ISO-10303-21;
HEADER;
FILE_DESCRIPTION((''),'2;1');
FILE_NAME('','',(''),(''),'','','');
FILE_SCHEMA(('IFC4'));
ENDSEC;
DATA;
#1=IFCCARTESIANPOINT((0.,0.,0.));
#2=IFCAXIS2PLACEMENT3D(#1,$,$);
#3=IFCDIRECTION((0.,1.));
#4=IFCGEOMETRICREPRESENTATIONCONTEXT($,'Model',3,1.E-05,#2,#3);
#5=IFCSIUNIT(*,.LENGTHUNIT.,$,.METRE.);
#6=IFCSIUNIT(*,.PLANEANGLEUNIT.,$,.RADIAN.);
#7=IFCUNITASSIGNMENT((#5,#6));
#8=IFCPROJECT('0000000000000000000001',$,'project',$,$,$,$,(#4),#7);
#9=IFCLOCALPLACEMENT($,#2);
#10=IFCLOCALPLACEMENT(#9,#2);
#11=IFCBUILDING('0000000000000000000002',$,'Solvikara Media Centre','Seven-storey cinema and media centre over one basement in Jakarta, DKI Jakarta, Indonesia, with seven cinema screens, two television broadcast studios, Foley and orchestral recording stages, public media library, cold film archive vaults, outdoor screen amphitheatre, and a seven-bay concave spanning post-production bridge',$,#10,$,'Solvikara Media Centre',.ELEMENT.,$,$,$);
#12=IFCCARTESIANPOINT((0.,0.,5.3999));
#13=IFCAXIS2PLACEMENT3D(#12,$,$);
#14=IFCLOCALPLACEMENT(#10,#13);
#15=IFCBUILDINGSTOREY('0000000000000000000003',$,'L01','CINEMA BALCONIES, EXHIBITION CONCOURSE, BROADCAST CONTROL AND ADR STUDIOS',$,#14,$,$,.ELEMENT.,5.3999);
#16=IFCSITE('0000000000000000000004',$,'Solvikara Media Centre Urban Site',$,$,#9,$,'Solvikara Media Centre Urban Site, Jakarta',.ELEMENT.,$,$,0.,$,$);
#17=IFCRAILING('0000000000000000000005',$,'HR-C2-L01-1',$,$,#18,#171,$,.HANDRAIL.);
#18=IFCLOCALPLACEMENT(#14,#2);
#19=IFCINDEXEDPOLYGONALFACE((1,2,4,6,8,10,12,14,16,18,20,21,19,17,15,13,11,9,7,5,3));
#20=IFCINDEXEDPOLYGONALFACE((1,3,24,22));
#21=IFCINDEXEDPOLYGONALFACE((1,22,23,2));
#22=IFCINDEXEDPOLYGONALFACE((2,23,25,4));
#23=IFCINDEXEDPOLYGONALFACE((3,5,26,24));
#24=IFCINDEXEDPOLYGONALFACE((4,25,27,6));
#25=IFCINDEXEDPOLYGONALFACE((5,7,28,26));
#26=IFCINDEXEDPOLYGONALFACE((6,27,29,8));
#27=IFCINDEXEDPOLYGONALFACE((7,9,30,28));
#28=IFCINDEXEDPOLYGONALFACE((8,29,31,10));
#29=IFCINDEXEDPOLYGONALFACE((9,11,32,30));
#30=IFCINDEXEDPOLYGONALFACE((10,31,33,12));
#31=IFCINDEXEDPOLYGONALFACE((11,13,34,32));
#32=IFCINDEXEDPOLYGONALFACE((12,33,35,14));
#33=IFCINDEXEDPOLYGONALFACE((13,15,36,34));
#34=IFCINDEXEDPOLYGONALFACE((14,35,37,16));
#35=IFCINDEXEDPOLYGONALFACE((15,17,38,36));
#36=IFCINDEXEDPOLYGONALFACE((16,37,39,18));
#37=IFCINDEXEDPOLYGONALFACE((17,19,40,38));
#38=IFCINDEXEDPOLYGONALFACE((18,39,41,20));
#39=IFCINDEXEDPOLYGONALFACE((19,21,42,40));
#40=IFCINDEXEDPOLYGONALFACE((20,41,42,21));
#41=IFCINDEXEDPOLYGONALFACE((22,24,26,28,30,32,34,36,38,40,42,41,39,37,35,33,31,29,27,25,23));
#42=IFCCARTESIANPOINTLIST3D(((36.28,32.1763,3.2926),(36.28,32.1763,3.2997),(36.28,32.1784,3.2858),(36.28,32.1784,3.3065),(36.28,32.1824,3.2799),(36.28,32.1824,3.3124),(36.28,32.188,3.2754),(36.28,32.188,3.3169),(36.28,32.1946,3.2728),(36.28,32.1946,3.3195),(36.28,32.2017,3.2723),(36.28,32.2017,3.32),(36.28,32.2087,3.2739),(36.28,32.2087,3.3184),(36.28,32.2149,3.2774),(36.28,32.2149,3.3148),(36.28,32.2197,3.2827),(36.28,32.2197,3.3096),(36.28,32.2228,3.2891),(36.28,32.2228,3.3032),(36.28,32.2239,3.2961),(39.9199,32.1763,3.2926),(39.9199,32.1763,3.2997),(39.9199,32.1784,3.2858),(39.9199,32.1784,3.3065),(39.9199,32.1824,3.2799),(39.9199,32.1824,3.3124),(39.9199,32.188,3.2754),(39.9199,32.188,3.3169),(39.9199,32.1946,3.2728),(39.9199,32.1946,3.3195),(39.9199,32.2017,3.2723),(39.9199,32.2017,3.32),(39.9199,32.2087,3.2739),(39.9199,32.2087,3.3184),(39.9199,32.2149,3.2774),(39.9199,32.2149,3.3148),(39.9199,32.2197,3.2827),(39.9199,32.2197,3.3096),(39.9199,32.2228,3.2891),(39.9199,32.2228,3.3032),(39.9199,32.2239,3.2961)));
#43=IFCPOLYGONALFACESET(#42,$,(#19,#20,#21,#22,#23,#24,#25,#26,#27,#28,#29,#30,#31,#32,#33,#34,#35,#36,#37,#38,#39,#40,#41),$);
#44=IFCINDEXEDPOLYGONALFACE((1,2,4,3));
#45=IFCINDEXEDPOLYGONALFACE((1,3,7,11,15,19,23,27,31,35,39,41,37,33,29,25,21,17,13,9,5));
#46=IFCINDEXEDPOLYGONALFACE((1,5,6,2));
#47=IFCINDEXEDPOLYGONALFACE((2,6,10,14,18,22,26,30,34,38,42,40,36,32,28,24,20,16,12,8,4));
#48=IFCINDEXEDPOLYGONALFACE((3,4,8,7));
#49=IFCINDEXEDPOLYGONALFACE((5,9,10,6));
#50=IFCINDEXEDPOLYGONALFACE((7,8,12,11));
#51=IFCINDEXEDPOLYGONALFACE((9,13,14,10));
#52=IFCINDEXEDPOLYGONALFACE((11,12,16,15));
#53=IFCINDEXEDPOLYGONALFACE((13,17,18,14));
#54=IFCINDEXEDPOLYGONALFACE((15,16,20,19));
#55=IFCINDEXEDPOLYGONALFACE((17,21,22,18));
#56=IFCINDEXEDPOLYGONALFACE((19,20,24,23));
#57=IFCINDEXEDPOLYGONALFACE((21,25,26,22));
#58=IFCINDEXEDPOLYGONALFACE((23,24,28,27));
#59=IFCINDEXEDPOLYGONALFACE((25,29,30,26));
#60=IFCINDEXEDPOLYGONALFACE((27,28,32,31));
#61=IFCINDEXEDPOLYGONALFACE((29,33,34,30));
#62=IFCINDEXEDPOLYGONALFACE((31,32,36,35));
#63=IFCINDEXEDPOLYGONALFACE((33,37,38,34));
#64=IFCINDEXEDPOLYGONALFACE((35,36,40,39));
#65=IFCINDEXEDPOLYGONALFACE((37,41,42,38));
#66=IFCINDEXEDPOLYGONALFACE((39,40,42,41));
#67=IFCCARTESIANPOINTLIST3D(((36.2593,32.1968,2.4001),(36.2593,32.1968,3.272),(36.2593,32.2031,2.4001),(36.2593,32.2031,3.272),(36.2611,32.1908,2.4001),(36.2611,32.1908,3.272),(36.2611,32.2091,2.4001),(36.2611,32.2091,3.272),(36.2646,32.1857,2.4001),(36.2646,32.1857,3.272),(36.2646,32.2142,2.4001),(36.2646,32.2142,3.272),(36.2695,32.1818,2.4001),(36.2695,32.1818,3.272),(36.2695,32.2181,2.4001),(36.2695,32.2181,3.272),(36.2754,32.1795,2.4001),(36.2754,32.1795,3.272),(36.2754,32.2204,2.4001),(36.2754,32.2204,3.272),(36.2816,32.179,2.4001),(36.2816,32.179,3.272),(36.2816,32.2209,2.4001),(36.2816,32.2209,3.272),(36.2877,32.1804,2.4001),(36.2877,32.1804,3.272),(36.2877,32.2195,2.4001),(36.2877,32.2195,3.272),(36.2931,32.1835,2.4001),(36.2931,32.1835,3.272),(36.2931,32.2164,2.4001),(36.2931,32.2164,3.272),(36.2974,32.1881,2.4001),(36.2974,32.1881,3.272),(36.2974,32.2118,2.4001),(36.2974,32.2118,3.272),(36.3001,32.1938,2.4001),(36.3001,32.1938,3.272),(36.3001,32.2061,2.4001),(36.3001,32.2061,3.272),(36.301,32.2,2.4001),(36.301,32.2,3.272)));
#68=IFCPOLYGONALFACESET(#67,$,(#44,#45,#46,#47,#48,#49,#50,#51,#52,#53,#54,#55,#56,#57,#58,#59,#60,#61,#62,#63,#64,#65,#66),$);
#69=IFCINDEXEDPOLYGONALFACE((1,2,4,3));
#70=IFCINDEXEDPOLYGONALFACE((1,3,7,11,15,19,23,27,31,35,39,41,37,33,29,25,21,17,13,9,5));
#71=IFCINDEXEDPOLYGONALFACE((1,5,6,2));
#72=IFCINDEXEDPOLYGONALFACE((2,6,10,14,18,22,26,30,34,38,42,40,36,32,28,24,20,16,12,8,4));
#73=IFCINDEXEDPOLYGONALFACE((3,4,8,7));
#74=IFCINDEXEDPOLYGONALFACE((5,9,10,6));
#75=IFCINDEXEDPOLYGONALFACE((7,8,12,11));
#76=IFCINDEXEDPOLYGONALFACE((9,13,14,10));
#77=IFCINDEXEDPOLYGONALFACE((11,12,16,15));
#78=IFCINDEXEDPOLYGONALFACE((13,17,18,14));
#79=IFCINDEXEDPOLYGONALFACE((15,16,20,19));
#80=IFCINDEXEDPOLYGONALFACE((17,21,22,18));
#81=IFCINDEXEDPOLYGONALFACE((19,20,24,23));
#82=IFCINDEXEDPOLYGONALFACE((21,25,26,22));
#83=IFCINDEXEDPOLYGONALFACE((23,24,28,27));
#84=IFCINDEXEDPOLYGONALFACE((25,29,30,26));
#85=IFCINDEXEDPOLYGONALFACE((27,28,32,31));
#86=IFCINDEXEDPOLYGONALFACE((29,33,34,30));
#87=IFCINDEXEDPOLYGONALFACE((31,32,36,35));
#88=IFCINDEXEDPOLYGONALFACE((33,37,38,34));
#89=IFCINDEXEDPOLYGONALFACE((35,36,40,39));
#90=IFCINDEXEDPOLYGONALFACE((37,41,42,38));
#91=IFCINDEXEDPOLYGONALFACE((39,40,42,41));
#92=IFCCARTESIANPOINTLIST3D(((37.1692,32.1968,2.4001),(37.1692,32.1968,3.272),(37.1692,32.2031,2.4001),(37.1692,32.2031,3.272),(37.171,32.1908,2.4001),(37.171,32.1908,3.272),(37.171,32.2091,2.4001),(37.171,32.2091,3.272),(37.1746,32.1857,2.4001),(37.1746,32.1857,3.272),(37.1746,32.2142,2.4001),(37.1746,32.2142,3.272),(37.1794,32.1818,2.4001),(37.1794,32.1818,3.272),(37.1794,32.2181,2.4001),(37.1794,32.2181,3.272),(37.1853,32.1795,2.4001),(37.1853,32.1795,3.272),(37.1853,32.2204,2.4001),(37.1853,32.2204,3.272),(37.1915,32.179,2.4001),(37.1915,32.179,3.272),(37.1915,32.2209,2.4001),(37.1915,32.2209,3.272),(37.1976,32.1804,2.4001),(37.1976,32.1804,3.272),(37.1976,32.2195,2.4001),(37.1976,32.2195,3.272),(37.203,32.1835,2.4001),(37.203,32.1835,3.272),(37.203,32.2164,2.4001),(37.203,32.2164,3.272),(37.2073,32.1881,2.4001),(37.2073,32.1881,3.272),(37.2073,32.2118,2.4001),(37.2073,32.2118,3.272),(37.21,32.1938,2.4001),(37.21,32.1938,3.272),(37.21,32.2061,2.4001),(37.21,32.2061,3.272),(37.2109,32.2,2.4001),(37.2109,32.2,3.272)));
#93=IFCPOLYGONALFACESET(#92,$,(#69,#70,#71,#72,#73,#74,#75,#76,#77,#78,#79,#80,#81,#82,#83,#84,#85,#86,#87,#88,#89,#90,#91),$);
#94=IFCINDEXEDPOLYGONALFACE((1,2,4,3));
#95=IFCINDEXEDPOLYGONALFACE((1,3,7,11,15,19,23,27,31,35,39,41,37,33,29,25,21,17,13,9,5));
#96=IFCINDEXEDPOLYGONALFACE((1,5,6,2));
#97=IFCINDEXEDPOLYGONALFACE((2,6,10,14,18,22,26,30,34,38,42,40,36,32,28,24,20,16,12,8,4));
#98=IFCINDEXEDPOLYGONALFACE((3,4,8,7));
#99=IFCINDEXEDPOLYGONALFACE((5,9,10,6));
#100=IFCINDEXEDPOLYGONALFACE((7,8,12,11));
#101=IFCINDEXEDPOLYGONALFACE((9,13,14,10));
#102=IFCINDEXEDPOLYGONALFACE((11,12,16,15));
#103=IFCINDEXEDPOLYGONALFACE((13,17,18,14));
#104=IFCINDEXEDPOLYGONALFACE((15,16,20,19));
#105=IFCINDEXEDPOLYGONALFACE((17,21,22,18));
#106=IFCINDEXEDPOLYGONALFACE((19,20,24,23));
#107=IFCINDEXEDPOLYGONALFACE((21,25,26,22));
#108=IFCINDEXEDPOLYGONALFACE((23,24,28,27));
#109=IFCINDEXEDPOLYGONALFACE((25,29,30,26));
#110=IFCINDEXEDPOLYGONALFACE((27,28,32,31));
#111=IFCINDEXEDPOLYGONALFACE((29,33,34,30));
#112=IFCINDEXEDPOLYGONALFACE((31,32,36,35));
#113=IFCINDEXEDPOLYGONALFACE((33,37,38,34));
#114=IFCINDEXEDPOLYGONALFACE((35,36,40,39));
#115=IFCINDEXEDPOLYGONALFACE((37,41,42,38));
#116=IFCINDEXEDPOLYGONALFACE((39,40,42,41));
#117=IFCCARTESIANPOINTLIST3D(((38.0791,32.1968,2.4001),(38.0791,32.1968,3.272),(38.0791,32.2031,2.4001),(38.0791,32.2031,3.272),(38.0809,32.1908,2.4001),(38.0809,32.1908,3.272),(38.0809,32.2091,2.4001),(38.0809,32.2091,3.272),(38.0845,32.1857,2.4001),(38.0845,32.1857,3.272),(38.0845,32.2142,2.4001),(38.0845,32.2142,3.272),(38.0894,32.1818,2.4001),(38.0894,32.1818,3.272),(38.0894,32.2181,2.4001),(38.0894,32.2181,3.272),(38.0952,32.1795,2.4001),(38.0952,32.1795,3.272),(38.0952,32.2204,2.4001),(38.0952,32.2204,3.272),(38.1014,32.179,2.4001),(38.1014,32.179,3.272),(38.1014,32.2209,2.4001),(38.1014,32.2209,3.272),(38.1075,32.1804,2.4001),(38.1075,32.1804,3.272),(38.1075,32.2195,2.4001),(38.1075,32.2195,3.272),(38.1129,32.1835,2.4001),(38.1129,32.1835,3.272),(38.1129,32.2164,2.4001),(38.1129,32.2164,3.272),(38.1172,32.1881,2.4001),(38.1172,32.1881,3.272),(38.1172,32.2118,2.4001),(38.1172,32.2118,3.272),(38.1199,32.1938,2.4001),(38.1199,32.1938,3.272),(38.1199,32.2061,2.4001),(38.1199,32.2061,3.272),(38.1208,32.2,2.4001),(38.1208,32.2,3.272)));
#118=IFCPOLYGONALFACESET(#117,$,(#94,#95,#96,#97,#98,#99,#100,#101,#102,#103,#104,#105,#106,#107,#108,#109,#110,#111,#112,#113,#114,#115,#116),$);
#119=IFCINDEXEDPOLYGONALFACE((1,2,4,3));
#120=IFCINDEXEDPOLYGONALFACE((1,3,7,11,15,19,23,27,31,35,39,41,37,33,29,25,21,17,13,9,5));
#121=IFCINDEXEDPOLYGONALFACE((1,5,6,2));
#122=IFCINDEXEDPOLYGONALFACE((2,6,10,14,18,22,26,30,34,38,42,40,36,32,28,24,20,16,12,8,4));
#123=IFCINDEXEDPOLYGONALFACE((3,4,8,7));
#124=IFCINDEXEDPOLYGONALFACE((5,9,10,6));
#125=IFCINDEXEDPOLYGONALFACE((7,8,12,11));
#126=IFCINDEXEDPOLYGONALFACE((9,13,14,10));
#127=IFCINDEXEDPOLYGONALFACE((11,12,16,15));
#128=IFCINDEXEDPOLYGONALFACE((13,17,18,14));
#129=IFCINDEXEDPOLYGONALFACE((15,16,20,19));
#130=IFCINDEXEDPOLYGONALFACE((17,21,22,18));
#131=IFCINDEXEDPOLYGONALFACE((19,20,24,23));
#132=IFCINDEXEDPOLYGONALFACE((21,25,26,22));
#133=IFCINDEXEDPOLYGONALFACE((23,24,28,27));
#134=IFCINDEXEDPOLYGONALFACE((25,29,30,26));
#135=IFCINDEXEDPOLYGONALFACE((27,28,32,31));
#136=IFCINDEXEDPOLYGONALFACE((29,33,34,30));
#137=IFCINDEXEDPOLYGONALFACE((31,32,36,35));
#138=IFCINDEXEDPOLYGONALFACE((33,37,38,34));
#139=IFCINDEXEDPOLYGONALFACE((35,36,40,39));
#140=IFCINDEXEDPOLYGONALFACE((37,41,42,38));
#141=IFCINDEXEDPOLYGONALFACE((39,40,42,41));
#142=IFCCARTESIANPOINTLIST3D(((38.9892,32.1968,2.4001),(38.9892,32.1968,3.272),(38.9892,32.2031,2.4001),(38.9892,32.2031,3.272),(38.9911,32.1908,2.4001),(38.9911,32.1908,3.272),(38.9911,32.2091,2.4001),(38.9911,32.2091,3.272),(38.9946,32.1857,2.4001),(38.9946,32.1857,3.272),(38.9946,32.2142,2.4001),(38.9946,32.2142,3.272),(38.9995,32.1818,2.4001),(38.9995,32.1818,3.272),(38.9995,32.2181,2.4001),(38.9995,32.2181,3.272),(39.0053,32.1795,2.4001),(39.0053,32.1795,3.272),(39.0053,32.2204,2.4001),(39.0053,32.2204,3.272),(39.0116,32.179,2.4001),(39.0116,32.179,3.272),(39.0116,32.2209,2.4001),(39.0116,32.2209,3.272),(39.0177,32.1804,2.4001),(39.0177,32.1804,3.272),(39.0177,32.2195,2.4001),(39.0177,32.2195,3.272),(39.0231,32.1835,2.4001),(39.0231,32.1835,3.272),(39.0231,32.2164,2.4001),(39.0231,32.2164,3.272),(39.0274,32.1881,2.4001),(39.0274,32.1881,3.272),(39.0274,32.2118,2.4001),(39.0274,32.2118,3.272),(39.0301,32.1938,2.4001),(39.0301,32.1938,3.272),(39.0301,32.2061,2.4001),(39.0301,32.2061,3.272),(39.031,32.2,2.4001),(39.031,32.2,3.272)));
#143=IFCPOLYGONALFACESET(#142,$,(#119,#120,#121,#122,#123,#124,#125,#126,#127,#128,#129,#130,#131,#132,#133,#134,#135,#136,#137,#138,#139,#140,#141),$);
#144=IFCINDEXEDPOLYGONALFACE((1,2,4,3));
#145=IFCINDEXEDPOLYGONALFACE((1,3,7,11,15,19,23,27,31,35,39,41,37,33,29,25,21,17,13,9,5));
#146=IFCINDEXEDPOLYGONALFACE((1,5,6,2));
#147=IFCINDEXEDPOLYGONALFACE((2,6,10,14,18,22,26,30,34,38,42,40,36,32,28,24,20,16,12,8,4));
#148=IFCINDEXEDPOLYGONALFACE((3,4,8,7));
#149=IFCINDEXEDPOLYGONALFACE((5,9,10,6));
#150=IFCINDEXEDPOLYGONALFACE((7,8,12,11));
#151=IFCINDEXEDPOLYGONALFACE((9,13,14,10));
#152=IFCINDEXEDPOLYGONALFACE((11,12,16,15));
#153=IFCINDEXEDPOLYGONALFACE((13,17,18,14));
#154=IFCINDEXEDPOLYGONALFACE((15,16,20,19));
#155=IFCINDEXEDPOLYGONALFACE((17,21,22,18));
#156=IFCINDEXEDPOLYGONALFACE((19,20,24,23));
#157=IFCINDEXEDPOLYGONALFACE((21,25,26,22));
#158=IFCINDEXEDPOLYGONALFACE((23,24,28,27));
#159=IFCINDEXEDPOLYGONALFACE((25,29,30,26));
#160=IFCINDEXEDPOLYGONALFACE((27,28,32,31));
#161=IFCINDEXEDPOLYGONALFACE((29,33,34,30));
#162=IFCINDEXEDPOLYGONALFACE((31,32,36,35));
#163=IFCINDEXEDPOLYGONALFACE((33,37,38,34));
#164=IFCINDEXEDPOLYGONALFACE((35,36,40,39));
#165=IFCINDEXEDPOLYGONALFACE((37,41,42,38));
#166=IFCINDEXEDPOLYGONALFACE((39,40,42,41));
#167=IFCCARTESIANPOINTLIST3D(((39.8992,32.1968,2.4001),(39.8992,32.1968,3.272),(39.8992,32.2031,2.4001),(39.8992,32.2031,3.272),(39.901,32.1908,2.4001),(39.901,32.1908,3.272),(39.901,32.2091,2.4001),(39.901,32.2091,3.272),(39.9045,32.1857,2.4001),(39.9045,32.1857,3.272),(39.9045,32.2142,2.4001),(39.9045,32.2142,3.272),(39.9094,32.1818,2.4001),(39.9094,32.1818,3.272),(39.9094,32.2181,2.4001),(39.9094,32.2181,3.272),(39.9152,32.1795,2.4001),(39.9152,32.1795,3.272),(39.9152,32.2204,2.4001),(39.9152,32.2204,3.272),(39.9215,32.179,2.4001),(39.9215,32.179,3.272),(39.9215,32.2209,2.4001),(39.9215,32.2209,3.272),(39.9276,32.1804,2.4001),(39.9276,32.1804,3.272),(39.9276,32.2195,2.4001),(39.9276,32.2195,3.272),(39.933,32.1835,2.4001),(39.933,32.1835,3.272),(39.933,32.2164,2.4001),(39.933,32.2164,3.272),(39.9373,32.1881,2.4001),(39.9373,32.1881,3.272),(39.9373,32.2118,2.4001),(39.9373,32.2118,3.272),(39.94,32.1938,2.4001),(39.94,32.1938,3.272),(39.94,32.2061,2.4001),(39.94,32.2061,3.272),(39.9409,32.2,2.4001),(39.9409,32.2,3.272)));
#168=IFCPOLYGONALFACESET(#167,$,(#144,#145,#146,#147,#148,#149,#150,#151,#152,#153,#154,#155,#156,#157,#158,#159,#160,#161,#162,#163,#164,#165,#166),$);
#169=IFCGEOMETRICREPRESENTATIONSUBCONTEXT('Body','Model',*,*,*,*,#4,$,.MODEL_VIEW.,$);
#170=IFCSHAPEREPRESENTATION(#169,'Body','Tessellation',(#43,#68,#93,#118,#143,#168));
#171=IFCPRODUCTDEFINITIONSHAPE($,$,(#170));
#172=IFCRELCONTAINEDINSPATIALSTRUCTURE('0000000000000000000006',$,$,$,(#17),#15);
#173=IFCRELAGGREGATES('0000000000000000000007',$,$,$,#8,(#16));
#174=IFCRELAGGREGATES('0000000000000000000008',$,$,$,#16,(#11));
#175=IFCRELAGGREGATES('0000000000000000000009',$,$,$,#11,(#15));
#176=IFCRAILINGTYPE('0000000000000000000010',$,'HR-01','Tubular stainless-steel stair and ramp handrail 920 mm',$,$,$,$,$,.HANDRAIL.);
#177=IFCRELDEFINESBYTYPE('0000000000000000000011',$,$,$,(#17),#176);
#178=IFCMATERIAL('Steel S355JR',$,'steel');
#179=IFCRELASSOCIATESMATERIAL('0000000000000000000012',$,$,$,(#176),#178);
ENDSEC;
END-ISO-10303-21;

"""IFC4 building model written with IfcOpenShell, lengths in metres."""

from ifc_helpers import new_model, si_unit, direction, frame, origin, origin_2d, place, context, subcontext, project, spatial, circle, extrude, material, type_object, element, save


model = new_model("IFC4")

# Units and contexts
model_context = context("Model", 3, precision=1e-05, world=origin(), true_north=direction((0.0, 1.0)))
body_context = subcontext(model_context, "Body", "Model", "MODEL_VIEW")
ifc_project = project(units=[si_unit("LENGTHUNIT", "METRE"), si_unit("PLANEANGLEUNIT", "RADIAN")], contexts=[model_context])

# Site, building, storey
site_placement = place(None, origin())
site = spatial("IfcSite", under=ifc_project, at=site_placement, Name="Solvikara Media Centre Urban Site", LongName="Solvikara Media Centre Urban Site, Jakarta", CompositionType="ELEMENT", RefElevation=0.0)
building_placement = place(site_placement, origin())
building = spatial("IfcBuilding", under=site, at=building_placement, Name="Solvikara Media Centre", Description="Seven-storey cinema and media centre over one basement in Jakarta, DKI Jakarta, Indonesia, with seven cinema screens, two television broadcast studios, Foley and orchestral recording stages, public media library, cold film archive vaults, outdoor screen amphitheatre, and a seven-bay concave spanning post-production bridge", LongName="Solvikara Media Centre", CompositionType="ELEMENT")
storey_placement = place(building_placement, frame((0.0, 0.0, 5.3999)))
storey = spatial("IfcBuildingStorey", under=building, at=storey_placement, Name="L01", Description="CINEMA BALCONIES, EXHIBITION CONCOURSE, BROADCAST CONTROL AND ADR STUDIOS", CompositionType="ELEMENT", Elevation=5.3999)

# Shared definitions
ifc_material_1 = material(Name="Steel S355JR", Category="steel")

# Railing
railing_type_1 = type_object("IfcRailingType", Name="HR-01", Description="Tubular stainless-steel stair and ramp handrail 920 mm", PredefinedType="HANDRAIL", material=ifc_material_1)
railing_1_placement = place(storey_placement, frame((36.28, 32.2, 2.4001)))
element("IfcRailing", 1, at=railing_1_placement, inside=storey, type_object=railing_type_1, Name="HR-C2-L01-1", PredefinedType="HANDRAIL", context=body_context, shape_type="SweptSolid", body=[
    extrude(circle(Radius=0.0239, at=origin_2d()), frame((0.0, 0.0, 0.896), z_axis=(1.0, 0.0, 0.0), x_axis=(0.0, 1.0, 0.0)), (0.0, 0.0, 1.0), 3.6399),
    extrude(circle(Radius=0.021, at=origin_2d()), origin(), (0.0, 0.0, 1.0), 0.8718),
    extrude(circle(Radius=0.021, at=origin_2d()), frame((0.9099, 0.0, 0.0)), (0.0, 0.0, 1.0), 0.8718),
    extrude(circle(Radius=0.021, at=origin_2d()), frame((1.8198, 0.0, 0.0)), (0.0, 0.0, 1.0), 0.8718),
    extrude(circle(Radius=0.021, at=origin_2d()), frame((2.73, 0.0, 0.0)), (0.0, 0.0, 1.0), 0.8718),
    extrude(circle(Radius=0.021, at=origin_2d()), frame((3.6399, 0.0, 0.0)), (0.0, 0.0, 1.0), 0.8718),
])

save(model, "model.ifc")
